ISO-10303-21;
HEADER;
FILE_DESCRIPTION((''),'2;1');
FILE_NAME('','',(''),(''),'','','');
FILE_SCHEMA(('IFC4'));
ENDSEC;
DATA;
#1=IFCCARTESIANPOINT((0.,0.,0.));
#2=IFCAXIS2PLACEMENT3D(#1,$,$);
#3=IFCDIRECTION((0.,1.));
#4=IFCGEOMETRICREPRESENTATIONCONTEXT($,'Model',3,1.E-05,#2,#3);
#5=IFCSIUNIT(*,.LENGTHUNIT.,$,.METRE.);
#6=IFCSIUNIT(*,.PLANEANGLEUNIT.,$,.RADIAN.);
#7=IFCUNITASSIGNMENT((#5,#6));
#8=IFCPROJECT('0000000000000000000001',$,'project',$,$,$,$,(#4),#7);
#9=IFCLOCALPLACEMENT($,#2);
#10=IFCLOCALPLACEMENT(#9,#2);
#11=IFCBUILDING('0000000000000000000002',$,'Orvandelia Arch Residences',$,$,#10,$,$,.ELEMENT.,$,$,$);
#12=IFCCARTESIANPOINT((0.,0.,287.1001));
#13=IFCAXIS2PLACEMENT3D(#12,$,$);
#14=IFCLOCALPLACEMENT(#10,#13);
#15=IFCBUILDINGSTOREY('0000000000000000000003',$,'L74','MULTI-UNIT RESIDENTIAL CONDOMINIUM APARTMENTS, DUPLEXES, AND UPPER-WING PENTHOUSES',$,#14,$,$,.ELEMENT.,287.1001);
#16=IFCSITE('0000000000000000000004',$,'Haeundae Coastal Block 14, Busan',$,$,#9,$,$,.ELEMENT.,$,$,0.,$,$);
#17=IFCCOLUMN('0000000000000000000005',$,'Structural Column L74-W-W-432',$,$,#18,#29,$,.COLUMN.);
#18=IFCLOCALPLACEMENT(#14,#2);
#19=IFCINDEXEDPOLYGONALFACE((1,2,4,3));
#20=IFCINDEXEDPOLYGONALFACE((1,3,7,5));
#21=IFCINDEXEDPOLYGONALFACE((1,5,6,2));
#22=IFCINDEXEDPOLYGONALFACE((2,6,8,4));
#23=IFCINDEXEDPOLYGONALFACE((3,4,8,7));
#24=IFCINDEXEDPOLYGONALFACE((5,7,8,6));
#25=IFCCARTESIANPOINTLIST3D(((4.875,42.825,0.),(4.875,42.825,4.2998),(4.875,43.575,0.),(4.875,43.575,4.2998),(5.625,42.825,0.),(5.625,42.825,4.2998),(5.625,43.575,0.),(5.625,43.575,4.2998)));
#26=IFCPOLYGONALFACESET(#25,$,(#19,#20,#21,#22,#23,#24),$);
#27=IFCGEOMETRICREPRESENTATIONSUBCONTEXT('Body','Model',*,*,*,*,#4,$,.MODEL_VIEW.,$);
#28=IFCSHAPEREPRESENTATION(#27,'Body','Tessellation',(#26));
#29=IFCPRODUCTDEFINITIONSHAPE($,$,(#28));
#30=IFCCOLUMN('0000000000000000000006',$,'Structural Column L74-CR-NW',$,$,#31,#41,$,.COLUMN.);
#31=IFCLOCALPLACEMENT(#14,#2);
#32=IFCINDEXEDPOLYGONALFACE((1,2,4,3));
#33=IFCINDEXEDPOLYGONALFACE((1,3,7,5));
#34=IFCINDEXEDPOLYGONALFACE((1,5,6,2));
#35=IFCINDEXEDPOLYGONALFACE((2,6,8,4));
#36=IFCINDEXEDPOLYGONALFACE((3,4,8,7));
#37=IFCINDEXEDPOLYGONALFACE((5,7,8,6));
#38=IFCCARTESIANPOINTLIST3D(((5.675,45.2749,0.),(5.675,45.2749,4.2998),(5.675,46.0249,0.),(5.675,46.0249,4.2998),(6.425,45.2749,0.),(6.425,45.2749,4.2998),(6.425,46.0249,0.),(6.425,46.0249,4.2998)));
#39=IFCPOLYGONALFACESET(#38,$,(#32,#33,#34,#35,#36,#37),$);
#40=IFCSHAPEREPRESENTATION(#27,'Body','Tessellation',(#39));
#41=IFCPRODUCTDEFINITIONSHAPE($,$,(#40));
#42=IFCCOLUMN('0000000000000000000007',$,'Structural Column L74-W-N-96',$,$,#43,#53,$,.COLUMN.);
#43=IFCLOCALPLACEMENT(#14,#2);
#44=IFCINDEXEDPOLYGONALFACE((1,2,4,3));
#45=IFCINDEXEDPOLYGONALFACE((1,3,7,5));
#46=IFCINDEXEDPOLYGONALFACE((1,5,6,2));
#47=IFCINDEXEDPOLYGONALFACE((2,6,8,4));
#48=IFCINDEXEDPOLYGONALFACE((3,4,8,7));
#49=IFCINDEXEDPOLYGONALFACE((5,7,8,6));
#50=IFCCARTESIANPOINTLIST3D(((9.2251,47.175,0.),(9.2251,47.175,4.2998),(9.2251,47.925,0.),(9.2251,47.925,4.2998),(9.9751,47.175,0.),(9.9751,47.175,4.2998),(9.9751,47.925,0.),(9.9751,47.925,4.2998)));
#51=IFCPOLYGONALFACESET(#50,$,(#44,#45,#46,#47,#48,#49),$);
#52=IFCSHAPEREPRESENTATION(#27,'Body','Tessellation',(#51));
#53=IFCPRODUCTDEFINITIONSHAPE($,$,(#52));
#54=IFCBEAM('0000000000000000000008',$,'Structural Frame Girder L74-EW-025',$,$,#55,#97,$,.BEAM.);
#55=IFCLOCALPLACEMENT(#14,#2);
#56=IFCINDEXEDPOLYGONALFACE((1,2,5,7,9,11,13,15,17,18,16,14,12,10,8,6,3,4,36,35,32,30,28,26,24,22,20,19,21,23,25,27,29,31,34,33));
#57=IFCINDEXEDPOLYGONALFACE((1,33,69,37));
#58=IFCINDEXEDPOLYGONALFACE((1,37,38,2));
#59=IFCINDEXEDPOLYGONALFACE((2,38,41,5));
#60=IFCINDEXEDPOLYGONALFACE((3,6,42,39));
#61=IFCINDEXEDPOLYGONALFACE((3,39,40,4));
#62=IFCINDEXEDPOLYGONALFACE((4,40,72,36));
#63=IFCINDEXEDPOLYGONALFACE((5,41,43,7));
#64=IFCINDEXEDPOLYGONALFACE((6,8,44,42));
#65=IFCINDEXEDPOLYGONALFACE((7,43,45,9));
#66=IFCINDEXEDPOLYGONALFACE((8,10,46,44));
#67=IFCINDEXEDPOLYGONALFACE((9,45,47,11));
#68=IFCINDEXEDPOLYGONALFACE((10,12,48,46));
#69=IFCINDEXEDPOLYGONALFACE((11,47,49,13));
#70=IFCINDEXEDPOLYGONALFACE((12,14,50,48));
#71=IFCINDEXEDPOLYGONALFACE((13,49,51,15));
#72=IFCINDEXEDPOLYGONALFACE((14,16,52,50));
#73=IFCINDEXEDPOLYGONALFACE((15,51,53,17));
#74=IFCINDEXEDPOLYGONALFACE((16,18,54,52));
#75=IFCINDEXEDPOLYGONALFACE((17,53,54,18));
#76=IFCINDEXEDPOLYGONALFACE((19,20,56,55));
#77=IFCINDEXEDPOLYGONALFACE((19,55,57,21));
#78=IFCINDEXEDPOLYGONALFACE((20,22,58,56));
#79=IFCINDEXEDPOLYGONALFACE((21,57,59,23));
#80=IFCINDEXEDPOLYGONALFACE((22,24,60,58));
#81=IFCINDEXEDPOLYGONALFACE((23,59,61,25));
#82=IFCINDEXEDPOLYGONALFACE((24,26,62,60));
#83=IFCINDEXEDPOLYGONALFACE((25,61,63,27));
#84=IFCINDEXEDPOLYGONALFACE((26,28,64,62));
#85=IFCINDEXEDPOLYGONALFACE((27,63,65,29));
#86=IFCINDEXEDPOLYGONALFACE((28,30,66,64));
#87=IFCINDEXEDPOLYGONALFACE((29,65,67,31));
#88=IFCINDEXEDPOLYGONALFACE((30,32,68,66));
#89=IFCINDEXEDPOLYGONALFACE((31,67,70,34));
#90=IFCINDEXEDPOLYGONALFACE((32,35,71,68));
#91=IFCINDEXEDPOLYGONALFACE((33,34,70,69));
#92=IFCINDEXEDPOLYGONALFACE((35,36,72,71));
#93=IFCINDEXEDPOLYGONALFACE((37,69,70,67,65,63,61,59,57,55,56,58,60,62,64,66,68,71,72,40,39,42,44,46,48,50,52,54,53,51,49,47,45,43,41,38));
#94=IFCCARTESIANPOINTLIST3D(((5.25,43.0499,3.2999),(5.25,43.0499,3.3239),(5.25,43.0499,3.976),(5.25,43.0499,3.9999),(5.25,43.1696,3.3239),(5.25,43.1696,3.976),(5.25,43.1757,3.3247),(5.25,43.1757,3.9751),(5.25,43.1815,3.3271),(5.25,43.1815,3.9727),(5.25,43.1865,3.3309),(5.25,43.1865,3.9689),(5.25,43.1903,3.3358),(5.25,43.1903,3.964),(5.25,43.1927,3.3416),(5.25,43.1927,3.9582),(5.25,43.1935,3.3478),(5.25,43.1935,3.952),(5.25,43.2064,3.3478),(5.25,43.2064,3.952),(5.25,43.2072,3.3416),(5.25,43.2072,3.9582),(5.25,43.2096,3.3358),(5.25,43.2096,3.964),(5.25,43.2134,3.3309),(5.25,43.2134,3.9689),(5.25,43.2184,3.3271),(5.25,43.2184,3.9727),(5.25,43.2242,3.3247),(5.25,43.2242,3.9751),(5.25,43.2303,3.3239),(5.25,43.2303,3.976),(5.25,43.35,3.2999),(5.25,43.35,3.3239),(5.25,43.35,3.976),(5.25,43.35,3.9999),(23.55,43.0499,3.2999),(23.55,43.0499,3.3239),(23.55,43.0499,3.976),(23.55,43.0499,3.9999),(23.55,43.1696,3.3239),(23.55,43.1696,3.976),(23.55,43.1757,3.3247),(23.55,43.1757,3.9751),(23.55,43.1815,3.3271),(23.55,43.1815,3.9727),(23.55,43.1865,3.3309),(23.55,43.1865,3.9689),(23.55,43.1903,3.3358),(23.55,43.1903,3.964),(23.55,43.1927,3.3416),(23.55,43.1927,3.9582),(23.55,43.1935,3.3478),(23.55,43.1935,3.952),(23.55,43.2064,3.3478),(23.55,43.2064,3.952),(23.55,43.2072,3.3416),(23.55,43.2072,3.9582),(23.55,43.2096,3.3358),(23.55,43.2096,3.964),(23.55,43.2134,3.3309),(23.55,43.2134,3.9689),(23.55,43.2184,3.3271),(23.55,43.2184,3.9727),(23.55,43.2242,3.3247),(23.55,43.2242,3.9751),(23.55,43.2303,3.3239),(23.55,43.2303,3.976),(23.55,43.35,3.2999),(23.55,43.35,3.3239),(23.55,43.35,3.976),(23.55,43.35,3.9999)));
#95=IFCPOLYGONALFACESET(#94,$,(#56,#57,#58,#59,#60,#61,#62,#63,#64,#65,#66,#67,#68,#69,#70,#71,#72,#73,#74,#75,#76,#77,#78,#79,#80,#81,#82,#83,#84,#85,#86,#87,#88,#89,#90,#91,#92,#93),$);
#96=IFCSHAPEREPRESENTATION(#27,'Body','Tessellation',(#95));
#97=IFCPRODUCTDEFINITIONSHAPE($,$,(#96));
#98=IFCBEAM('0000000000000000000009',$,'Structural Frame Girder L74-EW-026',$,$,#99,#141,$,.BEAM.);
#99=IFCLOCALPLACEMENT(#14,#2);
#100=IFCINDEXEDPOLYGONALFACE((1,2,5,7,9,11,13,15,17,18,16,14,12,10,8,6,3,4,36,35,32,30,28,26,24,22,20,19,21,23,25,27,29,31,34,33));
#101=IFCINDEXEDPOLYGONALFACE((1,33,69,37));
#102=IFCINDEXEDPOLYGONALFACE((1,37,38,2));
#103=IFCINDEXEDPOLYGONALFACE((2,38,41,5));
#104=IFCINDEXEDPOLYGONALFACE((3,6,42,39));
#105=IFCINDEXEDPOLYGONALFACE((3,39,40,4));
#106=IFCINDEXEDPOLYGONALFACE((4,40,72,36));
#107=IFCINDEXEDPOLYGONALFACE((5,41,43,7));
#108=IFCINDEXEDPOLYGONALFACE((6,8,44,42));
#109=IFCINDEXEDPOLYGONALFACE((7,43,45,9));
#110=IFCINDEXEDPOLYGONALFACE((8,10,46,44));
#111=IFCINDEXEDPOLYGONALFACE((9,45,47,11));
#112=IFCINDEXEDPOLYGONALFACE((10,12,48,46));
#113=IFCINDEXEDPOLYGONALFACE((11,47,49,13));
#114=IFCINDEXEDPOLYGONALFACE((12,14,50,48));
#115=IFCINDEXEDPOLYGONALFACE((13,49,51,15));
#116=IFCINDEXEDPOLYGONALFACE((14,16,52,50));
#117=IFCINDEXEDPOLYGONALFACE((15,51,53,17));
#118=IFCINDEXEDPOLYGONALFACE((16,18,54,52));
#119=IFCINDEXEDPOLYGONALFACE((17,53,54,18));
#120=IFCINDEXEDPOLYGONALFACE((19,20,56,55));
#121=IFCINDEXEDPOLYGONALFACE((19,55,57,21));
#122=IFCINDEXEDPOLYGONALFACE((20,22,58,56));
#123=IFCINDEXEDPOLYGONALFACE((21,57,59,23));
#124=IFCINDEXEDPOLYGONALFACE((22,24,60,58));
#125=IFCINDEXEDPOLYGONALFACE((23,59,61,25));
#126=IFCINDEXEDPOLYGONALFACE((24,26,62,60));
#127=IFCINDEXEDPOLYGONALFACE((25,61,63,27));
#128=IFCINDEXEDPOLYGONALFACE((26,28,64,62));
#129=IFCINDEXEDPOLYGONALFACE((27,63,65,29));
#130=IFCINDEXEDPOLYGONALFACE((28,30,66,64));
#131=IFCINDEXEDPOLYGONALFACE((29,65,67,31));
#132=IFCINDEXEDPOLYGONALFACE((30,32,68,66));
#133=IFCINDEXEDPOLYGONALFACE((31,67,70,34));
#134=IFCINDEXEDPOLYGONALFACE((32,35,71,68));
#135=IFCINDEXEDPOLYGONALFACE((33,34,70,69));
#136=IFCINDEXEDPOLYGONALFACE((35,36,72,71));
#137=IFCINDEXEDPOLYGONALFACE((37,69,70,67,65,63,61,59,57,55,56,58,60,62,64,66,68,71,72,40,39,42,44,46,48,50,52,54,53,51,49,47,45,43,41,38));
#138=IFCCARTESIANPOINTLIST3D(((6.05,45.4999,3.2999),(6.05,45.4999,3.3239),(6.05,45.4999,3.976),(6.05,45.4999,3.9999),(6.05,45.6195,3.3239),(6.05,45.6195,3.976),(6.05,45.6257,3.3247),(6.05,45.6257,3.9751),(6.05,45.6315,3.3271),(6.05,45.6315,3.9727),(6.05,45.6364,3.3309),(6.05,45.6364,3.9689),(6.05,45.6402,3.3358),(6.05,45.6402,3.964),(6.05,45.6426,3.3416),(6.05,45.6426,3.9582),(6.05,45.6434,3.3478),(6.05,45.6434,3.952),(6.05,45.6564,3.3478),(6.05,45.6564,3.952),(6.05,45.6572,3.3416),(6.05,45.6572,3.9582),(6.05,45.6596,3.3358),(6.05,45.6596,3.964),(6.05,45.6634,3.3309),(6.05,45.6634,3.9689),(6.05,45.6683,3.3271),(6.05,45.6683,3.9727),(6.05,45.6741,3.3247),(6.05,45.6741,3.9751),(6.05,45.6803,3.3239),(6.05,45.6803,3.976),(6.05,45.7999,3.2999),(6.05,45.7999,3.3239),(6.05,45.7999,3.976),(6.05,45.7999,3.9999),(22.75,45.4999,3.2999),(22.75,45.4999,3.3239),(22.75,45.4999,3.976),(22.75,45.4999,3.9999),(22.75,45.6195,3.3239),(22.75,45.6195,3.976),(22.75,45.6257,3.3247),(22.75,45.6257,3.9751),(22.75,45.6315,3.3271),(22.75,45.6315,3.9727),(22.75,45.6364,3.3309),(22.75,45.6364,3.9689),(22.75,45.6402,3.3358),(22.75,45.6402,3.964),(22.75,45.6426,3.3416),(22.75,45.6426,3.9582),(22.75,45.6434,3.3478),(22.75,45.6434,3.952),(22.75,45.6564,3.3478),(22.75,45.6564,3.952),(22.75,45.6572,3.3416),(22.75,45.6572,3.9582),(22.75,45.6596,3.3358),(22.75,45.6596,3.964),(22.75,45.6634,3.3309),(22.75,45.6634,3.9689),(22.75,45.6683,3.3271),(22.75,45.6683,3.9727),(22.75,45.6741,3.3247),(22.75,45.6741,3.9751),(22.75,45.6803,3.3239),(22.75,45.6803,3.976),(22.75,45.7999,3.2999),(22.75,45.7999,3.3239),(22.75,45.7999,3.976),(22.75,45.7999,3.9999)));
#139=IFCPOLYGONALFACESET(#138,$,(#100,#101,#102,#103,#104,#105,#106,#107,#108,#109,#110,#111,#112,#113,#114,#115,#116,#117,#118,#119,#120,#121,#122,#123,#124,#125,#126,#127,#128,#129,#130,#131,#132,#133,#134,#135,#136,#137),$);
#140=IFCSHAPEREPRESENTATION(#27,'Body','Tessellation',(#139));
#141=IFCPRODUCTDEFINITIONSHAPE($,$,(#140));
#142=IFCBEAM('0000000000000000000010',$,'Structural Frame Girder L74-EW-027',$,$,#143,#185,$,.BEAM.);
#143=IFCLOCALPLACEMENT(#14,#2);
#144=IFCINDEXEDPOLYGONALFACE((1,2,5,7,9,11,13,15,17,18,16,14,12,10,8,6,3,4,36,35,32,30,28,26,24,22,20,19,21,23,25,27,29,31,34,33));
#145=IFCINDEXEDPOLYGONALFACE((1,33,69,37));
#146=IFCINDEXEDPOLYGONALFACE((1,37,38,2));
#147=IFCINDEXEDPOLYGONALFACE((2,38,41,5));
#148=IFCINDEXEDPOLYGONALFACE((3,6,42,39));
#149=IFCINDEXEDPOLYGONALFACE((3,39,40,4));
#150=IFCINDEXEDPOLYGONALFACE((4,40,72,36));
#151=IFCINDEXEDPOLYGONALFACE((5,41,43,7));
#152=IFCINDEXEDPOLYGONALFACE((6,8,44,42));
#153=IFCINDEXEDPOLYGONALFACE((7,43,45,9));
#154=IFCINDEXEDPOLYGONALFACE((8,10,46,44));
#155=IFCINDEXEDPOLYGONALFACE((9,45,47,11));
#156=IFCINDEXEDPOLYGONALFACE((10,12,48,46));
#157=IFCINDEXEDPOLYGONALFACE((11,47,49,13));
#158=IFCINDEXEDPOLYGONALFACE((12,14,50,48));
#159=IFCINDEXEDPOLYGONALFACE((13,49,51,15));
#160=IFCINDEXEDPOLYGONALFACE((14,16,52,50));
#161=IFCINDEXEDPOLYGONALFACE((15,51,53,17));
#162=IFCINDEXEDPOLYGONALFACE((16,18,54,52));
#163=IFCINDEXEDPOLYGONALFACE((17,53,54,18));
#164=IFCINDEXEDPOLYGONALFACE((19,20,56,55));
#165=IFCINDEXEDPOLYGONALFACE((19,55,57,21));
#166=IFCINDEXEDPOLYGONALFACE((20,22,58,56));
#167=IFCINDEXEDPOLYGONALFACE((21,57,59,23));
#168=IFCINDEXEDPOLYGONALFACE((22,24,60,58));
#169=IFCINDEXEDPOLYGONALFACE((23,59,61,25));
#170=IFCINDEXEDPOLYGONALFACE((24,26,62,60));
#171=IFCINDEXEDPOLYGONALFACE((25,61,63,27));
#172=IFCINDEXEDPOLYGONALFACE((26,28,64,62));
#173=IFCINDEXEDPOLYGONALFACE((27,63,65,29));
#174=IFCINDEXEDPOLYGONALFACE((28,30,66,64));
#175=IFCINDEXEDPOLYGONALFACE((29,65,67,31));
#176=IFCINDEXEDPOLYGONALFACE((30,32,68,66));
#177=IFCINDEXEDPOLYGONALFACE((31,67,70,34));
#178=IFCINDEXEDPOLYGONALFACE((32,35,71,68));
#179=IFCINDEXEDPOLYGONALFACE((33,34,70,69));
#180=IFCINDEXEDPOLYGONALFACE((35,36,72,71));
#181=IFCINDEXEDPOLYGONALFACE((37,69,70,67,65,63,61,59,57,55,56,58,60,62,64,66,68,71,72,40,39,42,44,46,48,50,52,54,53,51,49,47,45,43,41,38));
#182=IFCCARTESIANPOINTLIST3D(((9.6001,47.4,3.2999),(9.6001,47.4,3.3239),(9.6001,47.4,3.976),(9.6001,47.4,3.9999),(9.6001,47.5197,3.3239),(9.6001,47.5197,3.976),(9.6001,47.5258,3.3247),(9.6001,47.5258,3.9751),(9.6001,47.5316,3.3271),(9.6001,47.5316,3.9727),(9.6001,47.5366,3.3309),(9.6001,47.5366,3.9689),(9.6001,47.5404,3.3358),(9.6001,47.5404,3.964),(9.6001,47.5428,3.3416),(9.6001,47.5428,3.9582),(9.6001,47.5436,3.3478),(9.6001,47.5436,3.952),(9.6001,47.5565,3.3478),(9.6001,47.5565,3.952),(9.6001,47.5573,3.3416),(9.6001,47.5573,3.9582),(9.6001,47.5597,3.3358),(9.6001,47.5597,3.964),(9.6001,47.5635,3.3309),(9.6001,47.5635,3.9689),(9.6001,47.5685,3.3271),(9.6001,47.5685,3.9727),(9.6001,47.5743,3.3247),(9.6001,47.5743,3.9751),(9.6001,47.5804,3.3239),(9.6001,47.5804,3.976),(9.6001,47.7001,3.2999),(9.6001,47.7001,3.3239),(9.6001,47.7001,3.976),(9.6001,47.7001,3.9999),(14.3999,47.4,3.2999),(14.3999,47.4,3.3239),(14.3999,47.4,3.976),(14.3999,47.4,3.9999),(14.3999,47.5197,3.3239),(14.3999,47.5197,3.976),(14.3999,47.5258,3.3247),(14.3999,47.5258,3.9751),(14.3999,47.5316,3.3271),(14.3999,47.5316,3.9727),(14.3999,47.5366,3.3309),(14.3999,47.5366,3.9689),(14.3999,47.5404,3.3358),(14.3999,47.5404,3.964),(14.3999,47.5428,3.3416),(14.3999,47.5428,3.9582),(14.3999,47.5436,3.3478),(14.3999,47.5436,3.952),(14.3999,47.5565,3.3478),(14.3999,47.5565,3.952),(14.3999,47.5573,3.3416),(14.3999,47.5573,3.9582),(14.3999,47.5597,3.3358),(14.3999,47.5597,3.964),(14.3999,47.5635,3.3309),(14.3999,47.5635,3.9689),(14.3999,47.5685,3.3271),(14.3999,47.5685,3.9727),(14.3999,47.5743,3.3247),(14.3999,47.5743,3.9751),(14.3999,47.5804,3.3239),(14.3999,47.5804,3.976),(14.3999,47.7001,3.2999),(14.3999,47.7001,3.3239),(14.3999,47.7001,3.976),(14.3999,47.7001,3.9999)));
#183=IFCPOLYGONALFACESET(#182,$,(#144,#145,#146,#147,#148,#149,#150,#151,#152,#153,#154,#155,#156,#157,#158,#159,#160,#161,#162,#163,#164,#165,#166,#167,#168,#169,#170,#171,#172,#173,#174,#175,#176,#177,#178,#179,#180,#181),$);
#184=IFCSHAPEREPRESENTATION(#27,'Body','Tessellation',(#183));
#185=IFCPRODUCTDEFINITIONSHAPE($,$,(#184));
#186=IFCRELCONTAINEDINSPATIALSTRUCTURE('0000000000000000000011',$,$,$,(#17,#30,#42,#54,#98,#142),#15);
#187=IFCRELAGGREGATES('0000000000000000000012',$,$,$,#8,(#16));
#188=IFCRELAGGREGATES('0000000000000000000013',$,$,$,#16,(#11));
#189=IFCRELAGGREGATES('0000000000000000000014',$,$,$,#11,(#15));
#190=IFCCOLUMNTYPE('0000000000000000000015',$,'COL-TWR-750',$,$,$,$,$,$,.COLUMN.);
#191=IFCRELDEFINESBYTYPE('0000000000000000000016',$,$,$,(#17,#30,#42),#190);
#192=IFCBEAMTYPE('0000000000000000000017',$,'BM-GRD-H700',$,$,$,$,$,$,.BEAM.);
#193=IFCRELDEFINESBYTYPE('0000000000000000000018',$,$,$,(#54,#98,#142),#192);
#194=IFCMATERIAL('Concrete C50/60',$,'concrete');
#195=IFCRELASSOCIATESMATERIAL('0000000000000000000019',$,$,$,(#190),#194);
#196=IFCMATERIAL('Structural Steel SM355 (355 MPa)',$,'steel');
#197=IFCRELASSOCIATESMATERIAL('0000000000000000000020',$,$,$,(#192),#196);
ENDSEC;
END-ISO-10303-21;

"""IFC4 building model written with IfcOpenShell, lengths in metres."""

from ifc_helpers import new_model, si_unit, direction, frame, origin, origin_2d, place, context, subcontext, project, spatial, rectangle, i_section, extrude, material, material_profile, profile_set, type_object, element, save


model = new_model("IFC4")

# Units and contexts
model_context = context("Model", 3, precision=1e-05, world=origin(), true_north=direction((0.0, 1.0)))
body_context = subcontext(model_context, "Body", "Model", "MODEL_VIEW")
ifc_project = project(units=[si_unit("LENGTHUNIT", "METRE"), si_unit("PLANEANGLEUNIT", "RADIAN")], contexts=[model_context])

# Site, building, storey
site_placement = place(None, origin())
site = spatial("IfcSite", under=ifc_project, at=site_placement, Name="Haeundae Coastal Block 14, Busan", CompositionType="ELEMENT", RefElevation=0.0)
building_placement = place(site_placement, origin())
building = spatial("IfcBuilding", under=site, at=building_placement, Name="Orvandelia Arch Residences", CompositionType="ELEMENT")
storey_placement = place(building_placement, frame((0.0, 0.0, 287.1001)))
storey = spatial("IfcBuildingStorey", under=building, at=storey_placement, Name="L74", Description="MULTI-UNIT RESIDENTIAL CONDOMINIUM APARTMENTS, DUPLEXES, AND UPPER-WING PENTHOUSES", CompositionType="ELEMENT", Elevation=287.1001)

# Columns
ifc_material_1 = material(Name="Concrete C50/60", Category="concrete")
ifc_material_profile_1 = material_profile(ifc_material_1, rectangle(XDim=0.75, YDim=0.75, at=origin_2d()), Name="Concrete C50/60", Category="concrete")
ifc_profile_set_1 = profile_set([ifc_material_profile_1], Name="Concrete C50/60")
column_type = type_object("IfcColumnType", Name="COL-TWR-750", PredefinedType="COLUMN", material=ifc_profile_set_1)
for number, where, z_axis, x_axis, name in (
    (1, (5.25, 43.2, 0.0), (0.0, 0.0, 1.0), (1.0, 0.0, 0.0), "Structural Column L74-W-W-432"),
    (2, (6.05, 45.6499, 0.0), (0.0, 0.0, 1.0), (1.0, 0.0, 0.0), "Structural Column L74-CR-NW"),
    (3, (9.6001, 47.55, 0.0), (0.0, 0.0, 1.0), (1.0, 0.0, 0.0), "Structural Column L74-W-N-96"),
):
    element("IfcColumn", number, at=place(storey_placement, frame(where, z_axis=z_axis, x_axis=x_axis)), inside=storey, type_object=column_type, Name=name, PredefinedType="COLUMN", context=body_context, shape_type="SweptSolid", body=[
        extrude(rectangle(XDim=0.75, YDim=0.75, at=origin_2d()), origin(), (0.0, 0.0, 1.0), 4.2998),
    ])

# Beams
ifc_material_2 = material(Name="Structural Steel SM355 (355 MPa)", Category="steel")
ifc_material_profile_2 = material_profile(ifc_material_2, i_section(OverallWidth=0.3, OverallDepth=0.7, WebThickness=0.0129, FlangeThickness=0.0239, FilletRadius=0.0239, at=origin_2d()), Name="Structural Steel SM355 (355 MPa)", Category="steel")
ifc_profile_set_2 = profile_set([ifc_material_profile_2], Name="Structural Steel SM355 (355 MPa)")
beam_type = type_object("IfcBeamType", Name="BM-GRD-H700", PredefinedType="BEAM", material=ifc_profile_set_2)
beam_1_placement = place(storey_placement, frame((5.25, 43.2, 3.6499), z_axis=(1.0, 0.0, 0.0), x_axis=(0.0, 1.0, 0.0)))
element("IfcBeam", 4, at=beam_1_placement, inside=storey, type_object=beam_type, Name="Structural Frame Girder L74-EW-025", PredefinedType="BEAM", context=body_context, shape_type="SweptSolid", body=[
    extrude(i_section(OverallWidth=0.3, OverallDepth=0.7, WebThickness=0.0129, FlangeThickness=0.0239, FilletRadius=0.0239, at=origin_2d()), origin(), (0.0, 0.0, 1.0), 18.3),
])
beam_2_placement = place(storey_placement, frame((6.05, 45.6499, 3.6499), z_axis=(1.0, 0.0, 0.0), x_axis=(0.0, 1.0, 0.0)))
element("IfcBeam", 5, at=beam_2_placement, inside=storey, type_object=beam_type, Name="Structural Frame Girder L74-EW-026", PredefinedType="BEAM", context=body_context, shape_type="SweptSolid", body=[
    extrude(i_section(OverallWidth=0.3, OverallDepth=0.7, WebThickness=0.0129, FlangeThickness=0.0239, FilletRadius=0.0239, at=origin_2d()), origin(), (0.0, 0.0, 1.0), 16.7),
])
beam_3_placement = place(storey_placement, frame((9.6001, 47.55, 3.6499), z_axis=(1.0, 0.0, 0.0), x_axis=(0.0, 1.0, 0.0)))
element("IfcBeam", 6, at=beam_3_placement, inside=storey, type_object=beam_type, Name="Structural Frame Girder L74-EW-027", PredefinedType="BEAM", context=body_context, shape_type="SweptSolid", body=[
    extrude(i_section(OverallWidth=0.3, OverallDepth=0.7, WebThickness=0.0129, FlangeThickness=0.0239, FilletRadius=0.0239, at=origin_2d()), origin(), (0.0, 0.0, 1.0), 4.7998),
])

save(model, "model.ifc")
